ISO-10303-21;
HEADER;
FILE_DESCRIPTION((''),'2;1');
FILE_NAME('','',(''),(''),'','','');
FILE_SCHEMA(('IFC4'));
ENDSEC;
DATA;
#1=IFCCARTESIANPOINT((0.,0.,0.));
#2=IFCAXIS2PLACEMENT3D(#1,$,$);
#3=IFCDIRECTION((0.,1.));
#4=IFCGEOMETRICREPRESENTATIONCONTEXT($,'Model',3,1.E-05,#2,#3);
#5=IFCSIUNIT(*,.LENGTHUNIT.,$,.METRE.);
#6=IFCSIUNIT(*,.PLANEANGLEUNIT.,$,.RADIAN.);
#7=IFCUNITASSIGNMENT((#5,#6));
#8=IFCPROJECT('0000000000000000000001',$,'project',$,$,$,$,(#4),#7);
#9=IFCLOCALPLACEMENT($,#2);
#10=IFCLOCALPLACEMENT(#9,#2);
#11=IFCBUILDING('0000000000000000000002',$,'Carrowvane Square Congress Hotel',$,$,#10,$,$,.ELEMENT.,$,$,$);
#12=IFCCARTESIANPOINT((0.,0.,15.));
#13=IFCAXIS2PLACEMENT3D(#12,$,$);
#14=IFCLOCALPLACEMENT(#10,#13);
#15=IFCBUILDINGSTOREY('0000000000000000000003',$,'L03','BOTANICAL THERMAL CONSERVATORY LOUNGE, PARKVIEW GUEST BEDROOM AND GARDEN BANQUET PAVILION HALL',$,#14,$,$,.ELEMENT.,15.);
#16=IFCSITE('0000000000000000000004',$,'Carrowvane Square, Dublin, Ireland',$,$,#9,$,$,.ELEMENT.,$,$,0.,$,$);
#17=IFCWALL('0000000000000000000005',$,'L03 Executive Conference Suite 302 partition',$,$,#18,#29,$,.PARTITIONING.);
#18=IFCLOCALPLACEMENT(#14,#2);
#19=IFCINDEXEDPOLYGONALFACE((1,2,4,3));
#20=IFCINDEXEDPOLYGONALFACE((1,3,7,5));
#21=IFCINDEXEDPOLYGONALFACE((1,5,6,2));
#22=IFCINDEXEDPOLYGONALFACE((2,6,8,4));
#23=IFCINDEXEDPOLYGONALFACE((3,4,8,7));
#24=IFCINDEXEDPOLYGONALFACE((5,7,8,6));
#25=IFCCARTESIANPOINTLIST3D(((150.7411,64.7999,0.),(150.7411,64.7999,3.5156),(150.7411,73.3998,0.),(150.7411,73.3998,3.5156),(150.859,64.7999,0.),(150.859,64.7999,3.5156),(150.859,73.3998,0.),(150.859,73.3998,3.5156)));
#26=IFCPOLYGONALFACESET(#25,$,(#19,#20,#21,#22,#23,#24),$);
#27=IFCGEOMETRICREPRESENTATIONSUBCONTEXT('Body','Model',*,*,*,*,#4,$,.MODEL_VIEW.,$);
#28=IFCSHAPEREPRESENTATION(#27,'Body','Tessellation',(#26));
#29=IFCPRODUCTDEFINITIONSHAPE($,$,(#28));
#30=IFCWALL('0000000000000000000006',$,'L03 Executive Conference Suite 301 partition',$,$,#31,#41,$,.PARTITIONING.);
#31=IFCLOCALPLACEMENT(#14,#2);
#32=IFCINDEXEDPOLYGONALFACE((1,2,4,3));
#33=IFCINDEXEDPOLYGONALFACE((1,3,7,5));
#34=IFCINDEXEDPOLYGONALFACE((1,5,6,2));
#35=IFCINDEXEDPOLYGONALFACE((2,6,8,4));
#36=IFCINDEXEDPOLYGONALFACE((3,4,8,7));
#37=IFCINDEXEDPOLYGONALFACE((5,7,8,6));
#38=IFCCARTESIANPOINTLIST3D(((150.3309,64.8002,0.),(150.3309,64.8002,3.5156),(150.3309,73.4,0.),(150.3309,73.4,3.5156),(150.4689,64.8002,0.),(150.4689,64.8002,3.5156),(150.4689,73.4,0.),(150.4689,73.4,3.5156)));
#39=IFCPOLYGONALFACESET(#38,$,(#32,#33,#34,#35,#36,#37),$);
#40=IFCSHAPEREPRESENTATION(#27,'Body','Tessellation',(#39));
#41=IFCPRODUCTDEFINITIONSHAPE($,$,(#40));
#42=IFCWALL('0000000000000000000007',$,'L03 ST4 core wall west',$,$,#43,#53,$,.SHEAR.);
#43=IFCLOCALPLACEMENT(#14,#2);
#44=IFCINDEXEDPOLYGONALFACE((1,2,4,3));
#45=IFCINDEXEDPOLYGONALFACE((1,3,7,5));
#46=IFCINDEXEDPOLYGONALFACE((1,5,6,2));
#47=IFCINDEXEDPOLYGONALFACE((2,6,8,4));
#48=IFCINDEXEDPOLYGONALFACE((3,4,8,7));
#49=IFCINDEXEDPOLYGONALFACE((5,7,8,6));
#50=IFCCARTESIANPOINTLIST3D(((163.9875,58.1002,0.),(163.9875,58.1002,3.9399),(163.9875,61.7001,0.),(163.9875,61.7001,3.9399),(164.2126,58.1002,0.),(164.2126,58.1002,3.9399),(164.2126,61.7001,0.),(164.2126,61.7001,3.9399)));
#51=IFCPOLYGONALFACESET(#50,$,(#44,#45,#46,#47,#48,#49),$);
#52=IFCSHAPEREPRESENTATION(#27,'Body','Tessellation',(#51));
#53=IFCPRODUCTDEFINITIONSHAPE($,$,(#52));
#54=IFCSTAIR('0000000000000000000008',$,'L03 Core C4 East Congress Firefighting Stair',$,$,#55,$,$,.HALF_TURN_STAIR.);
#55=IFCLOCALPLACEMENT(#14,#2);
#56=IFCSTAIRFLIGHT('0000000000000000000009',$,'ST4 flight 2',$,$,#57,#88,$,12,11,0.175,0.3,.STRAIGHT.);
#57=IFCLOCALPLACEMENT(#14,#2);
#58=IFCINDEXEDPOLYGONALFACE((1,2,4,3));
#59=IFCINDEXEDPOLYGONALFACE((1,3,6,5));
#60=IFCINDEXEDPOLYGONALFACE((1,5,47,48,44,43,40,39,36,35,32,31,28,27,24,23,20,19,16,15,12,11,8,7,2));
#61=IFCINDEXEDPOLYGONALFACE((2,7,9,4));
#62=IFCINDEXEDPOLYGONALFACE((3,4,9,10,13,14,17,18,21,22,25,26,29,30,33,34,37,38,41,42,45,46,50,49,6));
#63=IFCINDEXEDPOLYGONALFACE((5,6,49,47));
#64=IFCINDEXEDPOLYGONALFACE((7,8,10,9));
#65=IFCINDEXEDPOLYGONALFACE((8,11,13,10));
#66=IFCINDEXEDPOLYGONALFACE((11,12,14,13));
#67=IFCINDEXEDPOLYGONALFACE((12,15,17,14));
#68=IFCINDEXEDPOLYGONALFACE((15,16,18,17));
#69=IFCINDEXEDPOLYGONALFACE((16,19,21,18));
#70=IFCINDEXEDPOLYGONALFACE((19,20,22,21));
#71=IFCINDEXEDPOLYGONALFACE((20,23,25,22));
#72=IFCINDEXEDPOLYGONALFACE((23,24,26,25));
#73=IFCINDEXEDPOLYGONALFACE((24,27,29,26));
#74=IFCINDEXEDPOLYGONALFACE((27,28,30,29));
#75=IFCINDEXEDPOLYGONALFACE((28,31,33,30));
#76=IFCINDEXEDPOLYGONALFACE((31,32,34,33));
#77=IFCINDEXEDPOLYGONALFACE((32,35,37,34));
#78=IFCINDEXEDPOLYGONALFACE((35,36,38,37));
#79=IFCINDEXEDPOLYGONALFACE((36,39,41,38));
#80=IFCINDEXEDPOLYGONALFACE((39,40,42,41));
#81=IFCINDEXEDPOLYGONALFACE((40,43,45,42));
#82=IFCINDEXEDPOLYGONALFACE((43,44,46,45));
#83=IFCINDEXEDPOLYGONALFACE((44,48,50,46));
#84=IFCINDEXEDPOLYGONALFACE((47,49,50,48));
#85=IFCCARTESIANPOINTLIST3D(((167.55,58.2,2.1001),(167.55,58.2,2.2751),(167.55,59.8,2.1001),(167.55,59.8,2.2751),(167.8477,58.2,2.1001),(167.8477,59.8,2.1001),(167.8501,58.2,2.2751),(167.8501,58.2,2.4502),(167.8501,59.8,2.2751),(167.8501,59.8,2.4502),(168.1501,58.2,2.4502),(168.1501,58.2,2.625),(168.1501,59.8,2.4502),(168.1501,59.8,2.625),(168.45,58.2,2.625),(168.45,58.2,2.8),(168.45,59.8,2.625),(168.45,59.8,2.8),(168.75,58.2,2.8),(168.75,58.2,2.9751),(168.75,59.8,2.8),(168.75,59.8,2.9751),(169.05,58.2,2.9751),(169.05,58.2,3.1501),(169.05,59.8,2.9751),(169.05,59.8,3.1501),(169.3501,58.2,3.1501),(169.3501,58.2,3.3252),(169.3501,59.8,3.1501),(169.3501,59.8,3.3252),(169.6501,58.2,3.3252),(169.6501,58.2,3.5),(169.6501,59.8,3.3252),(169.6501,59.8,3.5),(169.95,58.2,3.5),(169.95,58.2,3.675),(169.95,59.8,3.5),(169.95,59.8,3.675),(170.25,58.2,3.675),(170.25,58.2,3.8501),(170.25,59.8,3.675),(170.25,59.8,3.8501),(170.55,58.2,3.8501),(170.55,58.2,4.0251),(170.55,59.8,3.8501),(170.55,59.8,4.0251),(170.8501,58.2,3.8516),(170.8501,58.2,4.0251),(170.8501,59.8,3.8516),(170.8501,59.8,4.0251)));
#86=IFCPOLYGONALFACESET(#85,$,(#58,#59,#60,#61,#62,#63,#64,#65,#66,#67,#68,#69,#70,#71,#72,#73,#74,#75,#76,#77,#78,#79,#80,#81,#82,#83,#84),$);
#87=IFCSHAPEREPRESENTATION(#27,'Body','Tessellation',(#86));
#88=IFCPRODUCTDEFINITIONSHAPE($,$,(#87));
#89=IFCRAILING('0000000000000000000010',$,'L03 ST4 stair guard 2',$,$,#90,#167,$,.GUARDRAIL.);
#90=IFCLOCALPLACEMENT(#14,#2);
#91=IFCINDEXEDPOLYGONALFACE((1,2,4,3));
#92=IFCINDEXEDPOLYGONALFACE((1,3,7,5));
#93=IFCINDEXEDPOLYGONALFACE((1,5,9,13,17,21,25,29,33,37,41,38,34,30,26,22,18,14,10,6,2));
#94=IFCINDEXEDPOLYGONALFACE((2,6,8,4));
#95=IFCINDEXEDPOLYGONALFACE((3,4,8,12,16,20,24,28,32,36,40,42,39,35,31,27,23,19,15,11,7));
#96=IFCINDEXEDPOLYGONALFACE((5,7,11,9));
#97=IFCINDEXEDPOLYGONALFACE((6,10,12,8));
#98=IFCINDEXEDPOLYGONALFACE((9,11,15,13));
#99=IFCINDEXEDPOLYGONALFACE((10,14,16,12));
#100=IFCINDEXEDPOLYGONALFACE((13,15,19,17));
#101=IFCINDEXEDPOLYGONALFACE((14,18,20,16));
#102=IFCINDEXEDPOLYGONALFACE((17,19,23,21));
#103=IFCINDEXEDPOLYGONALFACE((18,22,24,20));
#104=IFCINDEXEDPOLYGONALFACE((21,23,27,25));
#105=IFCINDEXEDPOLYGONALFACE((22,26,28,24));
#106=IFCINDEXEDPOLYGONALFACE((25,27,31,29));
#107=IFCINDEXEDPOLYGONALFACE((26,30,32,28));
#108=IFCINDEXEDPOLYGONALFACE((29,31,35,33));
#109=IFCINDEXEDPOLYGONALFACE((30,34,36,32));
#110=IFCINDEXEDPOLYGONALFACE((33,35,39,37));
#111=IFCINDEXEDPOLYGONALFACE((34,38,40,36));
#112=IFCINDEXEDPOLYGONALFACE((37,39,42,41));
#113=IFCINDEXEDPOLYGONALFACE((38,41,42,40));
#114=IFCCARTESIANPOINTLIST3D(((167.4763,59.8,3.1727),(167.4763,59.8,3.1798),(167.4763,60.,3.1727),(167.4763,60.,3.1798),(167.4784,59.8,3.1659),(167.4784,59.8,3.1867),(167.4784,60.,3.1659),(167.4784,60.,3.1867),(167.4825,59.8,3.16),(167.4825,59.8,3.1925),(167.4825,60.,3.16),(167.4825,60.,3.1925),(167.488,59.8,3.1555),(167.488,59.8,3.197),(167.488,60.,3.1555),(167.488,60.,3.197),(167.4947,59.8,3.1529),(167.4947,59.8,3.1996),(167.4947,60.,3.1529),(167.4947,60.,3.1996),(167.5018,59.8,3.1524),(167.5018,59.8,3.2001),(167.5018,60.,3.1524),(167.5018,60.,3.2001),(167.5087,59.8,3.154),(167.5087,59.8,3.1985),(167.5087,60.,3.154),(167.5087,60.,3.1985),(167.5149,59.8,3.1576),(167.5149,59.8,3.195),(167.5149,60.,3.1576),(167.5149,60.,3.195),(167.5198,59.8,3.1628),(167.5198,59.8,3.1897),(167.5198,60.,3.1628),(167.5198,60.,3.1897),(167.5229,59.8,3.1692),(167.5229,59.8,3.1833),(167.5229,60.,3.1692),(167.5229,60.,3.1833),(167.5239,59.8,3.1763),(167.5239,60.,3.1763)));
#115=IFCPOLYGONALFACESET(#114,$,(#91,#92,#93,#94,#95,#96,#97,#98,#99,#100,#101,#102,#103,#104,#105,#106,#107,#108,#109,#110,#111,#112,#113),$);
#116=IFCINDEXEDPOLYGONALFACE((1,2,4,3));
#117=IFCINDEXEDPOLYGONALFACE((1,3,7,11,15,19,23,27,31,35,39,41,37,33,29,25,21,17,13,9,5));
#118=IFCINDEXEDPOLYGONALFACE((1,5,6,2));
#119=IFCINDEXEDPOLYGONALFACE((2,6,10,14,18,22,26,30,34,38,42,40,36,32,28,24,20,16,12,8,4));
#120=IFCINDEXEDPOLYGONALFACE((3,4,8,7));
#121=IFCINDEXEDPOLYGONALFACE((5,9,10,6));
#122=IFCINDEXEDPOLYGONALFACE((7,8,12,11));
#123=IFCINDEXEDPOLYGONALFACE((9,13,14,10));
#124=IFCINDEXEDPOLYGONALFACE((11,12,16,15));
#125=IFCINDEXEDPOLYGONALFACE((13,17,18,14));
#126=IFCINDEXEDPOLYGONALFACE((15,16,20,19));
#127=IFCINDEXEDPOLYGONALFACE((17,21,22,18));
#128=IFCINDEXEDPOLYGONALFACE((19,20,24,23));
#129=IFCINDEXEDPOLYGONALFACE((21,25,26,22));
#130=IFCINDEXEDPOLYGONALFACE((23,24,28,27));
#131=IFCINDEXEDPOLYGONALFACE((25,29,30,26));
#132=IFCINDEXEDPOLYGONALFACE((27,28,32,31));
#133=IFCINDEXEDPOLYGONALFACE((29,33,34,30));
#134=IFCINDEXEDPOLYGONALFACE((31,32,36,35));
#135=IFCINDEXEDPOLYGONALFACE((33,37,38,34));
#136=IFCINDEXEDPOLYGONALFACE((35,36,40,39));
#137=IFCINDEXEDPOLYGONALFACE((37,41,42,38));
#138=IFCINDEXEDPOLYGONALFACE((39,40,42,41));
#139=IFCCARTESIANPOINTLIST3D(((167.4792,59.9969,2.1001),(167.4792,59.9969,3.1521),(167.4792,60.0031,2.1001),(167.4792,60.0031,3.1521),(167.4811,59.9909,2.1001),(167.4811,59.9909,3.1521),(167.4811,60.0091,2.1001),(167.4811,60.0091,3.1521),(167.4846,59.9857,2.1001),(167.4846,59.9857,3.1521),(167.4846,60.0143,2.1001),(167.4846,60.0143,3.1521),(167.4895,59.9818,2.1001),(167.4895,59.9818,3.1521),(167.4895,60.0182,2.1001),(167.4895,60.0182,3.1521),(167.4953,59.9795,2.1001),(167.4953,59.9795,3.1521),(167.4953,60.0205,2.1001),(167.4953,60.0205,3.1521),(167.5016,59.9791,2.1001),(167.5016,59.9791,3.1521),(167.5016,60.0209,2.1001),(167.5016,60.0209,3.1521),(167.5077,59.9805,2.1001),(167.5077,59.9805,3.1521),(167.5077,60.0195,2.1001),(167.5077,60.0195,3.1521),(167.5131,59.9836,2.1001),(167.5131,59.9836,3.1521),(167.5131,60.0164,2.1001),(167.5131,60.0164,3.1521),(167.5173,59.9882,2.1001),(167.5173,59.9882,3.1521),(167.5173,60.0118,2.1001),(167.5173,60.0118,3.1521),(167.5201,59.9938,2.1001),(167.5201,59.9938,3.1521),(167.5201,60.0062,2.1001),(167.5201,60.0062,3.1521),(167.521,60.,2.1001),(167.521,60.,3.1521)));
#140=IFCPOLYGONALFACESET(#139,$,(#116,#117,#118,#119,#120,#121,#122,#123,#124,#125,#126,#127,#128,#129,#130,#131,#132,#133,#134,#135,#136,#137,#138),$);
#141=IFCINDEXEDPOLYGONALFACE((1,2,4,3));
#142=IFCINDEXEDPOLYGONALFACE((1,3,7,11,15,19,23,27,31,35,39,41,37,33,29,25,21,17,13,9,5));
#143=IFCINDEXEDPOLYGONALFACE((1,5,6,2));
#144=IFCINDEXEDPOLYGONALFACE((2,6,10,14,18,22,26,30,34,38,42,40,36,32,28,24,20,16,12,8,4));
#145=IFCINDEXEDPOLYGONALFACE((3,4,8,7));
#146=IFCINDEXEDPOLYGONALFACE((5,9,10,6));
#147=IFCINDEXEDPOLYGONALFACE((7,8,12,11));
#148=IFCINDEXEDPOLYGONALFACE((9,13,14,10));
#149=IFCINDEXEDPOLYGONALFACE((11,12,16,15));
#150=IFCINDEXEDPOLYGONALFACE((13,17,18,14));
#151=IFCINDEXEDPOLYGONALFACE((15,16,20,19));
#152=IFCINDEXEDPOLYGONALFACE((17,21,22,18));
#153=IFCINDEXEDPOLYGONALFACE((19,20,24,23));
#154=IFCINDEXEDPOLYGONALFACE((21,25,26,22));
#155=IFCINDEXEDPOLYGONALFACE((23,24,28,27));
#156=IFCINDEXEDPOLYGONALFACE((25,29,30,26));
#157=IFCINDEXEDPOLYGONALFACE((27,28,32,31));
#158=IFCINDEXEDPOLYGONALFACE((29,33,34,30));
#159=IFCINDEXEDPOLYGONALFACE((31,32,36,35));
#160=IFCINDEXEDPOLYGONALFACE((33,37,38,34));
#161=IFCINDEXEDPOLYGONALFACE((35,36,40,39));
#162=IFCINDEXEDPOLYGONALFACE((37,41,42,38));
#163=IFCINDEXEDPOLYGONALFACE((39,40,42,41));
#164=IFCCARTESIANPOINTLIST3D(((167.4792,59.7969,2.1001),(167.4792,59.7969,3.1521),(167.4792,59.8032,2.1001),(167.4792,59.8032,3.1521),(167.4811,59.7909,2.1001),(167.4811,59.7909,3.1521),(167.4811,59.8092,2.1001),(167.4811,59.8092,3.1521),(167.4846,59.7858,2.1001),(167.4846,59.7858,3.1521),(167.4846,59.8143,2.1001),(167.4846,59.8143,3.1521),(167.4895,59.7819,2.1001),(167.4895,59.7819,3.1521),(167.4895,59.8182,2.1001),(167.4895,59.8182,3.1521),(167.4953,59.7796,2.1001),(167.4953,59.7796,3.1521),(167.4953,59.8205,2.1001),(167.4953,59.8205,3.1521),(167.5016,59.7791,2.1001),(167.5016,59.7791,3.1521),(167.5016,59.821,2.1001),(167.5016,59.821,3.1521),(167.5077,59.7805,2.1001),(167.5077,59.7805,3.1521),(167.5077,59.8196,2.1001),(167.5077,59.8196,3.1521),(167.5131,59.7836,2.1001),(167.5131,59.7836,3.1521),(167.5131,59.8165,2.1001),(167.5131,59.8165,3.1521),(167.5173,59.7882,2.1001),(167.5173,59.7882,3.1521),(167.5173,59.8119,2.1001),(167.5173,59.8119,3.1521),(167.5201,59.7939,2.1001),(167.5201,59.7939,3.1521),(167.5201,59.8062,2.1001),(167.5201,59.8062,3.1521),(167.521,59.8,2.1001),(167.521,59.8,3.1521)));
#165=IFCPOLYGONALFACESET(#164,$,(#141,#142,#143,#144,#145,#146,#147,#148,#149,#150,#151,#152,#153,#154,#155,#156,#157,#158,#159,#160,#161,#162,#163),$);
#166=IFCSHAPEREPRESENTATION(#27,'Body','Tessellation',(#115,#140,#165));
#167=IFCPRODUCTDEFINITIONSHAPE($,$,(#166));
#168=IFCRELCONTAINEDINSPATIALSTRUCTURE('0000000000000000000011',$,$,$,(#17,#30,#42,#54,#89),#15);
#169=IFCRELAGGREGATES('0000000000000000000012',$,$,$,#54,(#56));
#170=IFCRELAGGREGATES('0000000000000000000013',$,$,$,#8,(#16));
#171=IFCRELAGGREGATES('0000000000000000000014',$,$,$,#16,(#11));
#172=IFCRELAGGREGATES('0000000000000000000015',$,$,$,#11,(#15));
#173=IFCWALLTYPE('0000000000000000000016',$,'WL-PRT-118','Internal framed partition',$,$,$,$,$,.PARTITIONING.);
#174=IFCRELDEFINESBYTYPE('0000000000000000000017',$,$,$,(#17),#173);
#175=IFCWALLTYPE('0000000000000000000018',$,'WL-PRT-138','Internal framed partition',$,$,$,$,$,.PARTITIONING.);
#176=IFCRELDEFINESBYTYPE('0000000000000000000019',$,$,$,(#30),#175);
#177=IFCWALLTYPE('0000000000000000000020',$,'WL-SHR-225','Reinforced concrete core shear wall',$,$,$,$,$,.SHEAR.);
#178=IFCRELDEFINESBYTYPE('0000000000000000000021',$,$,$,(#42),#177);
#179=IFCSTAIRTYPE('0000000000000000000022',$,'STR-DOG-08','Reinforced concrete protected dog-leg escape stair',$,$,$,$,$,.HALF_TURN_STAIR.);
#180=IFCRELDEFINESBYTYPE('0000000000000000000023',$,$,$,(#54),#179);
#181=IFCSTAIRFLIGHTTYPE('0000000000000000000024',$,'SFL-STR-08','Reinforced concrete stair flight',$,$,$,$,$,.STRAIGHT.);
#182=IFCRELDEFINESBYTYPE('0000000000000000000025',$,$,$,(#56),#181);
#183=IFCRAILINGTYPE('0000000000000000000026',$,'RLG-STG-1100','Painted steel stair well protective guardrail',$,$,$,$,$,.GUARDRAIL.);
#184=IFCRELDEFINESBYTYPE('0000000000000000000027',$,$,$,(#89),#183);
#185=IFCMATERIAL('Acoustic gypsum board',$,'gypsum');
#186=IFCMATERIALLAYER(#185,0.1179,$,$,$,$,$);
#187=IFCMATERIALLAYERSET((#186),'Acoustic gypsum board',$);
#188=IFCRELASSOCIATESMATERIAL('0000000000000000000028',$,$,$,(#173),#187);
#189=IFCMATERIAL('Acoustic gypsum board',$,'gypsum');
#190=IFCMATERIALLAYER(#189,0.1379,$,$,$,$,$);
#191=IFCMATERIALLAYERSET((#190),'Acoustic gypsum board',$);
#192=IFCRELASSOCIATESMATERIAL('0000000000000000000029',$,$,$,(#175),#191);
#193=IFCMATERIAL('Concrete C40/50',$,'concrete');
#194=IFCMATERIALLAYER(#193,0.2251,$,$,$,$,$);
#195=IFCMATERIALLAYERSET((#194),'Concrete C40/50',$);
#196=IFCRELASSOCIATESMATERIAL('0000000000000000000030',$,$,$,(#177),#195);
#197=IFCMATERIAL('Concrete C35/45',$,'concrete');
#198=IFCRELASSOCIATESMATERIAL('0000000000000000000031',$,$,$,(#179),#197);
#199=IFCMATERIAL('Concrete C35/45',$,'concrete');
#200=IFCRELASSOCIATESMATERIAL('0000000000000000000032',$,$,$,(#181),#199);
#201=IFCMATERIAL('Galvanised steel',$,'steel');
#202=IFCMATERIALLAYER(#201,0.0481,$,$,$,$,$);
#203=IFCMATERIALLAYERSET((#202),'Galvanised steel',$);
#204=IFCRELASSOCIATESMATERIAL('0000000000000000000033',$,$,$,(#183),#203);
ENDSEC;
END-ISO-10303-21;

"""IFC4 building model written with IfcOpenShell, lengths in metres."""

from ifc_helpers import new_model, si_unit, direction, frame, frame_2d, origin, origin_2d, place, context, subcontext, project, spatial, polyline, rectangle, circle, outline, extrude, material, layer, layer_set, type_object, element, aggregate, save


model = new_model("IFC4")

# Units and contexts
model_context = context("Model", 3, precision=1e-05, world=origin(), true_north=direction((0.0, 1.0)))
body_context = subcontext(model_context, "Body", "Model", "MODEL_VIEW")
ifc_project = project(units=[si_unit("LENGTHUNIT", "METRE"), si_unit("PLANEANGLEUNIT", "RADIAN")], contexts=[model_context])

# Site, building, storey
site_placement = place(None, origin())
site = spatial("IfcSite", under=ifc_project, at=site_placement, Name="Carrowvane Square, Dublin, Ireland", CompositionType="ELEMENT", RefElevation=0.0)
building_placement = place(site_placement, origin())
building = spatial("IfcBuilding", under=site, at=building_placement, Name="Carrowvane Square Congress Hotel", CompositionType="ELEMENT")
storey_placement = place(building_placement, frame((0.0, 0.0, 15.0)))
storey = spatial("IfcBuildingStorey", under=building, at=storey_placement, Name="L03", Description="BOTANICAL THERMAL CONSERVATORY LOUNGE, PARKVIEW GUEST BEDROOM AND GARDEN BANQUET PAVILION HALL", CompositionType="ELEMENT", Elevation=15.0)

# Walls
ifc_material_1 = material(Name="Acoustic gypsum board", Category="gypsum")
ifc_layer_1 = layer(ifc_material_1, 0.1179)
ifc_layer_set_1 = layer_set([ifc_layer_1], Name="Acoustic gypsum board")
wall_type_1 = type_object("IfcWallType", Name="WL-PRT-118", Description="Internal framed partition", PredefinedType="PARTITIONING", material=ifc_layer_set_1)
wall_1_placement = place(storey_placement, frame((150.8, 64.8, 0.0), z_axis=(0.0, 0.0, 1.0), x_axis=(0.0, 1.0, 0.0)))
element("IfcWall", 1, at=wall_1_placement, inside=storey, type_object=wall_type_1, Name="L03 Executive Conference Suite 302 partition", PredefinedType="PARTITIONING", context=body_context, shape_type="SweptSolid", body=[
    extrude(rectangle(XDim=8.5999, YDim=0.1179, at=frame_2d((4.2998, 0.0))), origin(), (0.0, 0.0, 1.0), 3.5156),
])
ifc_material_2 = material(Name="Acoustic gypsum board", Category="gypsum")
ifc_layer_2 = layer(ifc_material_2, 0.1379)
ifc_layer_set_2 = layer_set([ifc_layer_2], Name="Acoustic gypsum board")
wall_type_2 = type_object("IfcWallType", Name="WL-PRT-138", Description="Internal framed partition", PredefinedType="PARTITIONING", material=ifc_layer_set_2)
wall_2_placement = place(storey_placement, frame((150.3999, 73.3999, 0.0), z_axis=(0.0, 0.0, 1.0), x_axis=(0.0, -1.0, 0.0)))
element("IfcWall", 2, at=wall_2_placement, inside=storey, type_object=wall_type_2, Name="L03 Executive Conference Suite 301 partition", PredefinedType="PARTITIONING", context=body_context, shape_type="SweptSolid", body=[
    extrude(rectangle(XDim=8.5999, YDim=0.1379, at=frame_2d((4.2998, 0.0))), origin(), (0.0, 0.0, 1.0), 3.5156),
])
ifc_material_3 = material(Name="Concrete C40/50", Category="concrete")
ifc_layer_3 = layer(ifc_material_3, 0.2251)
ifc_layer_set_3 = layer_set([ifc_layer_3], Name="Concrete C40/50")
wall_type_3 = type_object("IfcWallType", Name="WL-SHR-225", Description="Reinforced concrete core shear wall", PredefinedType="SHEAR", material=ifc_layer_set_3)
wall_3_placement = place(storey_placement, frame((164.1001, 61.7, 0.0), z_axis=(0.0, 0.0, 1.0), x_axis=(0.0, -1.0, 0.0)))
element("IfcWall", 3, at=wall_3_placement, inside=storey, type_object=wall_type_3, Name="L03 ST4 core wall west", PredefinedType="SHEAR", context=body_context, shape_type="SweptSolid", body=[
    extrude(rectangle(XDim=3.5999, YDim=0.2251, at=frame_2d((1.7998, 0.0))), origin(), (0.0, 0.0, 1.0), 3.9399),
])

# Stair, stair flight
ifc_material_4 = material(Name="Concrete C35/45", Category="concrete")
stair_type = type_object("IfcStairType", Name="STR-DOG-08", Description="Reinforced concrete protected dog-leg escape stair", PredefinedType="HALF_TURN_STAIR", material=ifc_material_4)
stair_placement = place(storey_placement, origin())
stair = element("IfcStair", 4, at=stair_placement, inside=storey, type_object=stair_type, Name="L03 Core C4 East Congress Firefighting Stair", PredefinedType="HALF_TURN_STAIR")
ifc_material_5 = material(Name="Concrete C35/45", Category="concrete")
stair_flight_type = type_object("IfcStairFlightType", Name="SFL-STR-08", Description="Reinforced concrete stair flight", PredefinedType="STRAIGHT", material=ifc_material_5)
stair_flight_placement = place(storey_placement, frame((167.55, 59.0, 2.1001), z_axis=(0.0, 0.0, 1.0), x_axis=(1.0, 0.0, 0.0)))
stair_flight = element("IfcStairFlight", 5, at=stair_flight_placement, type_object=stair_flight_type, Name="ST4 flight 2", NumberOfRisers=12, NumberOfTreads=11, PredefinedType="STRAIGHT", RiserHeight=0.175, TreadLength=0.3, context=body_context, shape_type="SweptSolid", body=[
    extrude(outline(polyline([(0.0, 0.0), (0.0, 0.175), (0.3, 0.175), (0.3, 0.3501), (0.6001, 0.3501), (0.6001, 0.5249), (0.8999, 0.5249), (0.8999, 0.7), (1.2, 0.7), (1.2, 0.875), (1.5, 0.875), (1.5, 1.05), (1.8, 1.05), (1.8, 1.2251), (2.1001, 1.2251), (2.1001, 1.3999), (2.3999, 1.3999), (2.3999, 1.575), (2.7, 1.575), (2.7, 1.75), (3.0, 1.75), (3.0, 1.925), (3.3, 1.925), (3.3, 2.1001), (3.3, 1.7515), (0.2976, 0.0), (0.0, 0.0)])), frame((0.0, 0.8, 0.0), z_axis=(0.0, -1.0, 0.0), x_axis=(1.0, 0.0, 0.0)), (0.0, 0.0, 1.0), 1.6001),
])
aggregate(stair, [stair_flight])

# Railing
ifc_material_6 = material(Name="Galvanised steel", Category="steel")
ifc_layer_4 = layer(ifc_material_6, 0.0481)
ifc_layer_set_4 = layer_set([ifc_layer_4], Name="Galvanised steel")
railing_type = type_object("IfcRailingType", Name="RLG-STG-1100", Description="Painted steel stair well protective guardrail", PredefinedType="GUARDRAIL", material=ifc_layer_set_4)
railing_1_placement = place(storey_placement, frame((167.5, 60.0, 2.1001)))
element("IfcRailing", 6, at=railing_1_placement, inside=storey, type_object=railing_type, Name="L03 ST4 stair guard 2", PredefinedType="GUARDRAIL", context=body_context, shape_type="SweptSolid", body=[
    extrude(circle(Radius=0.0239, at=origin_2d()), frame((0.0, 0.0, 1.0762), z_axis=(0.0, -1.0, 0.0), x_axis=(1.0, 0.0, 0.0)), (0.0, 0.0, 1.0), 0.2),
    extrude(circle(Radius=0.021, at=origin_2d()), origin(), (0.0, 0.0, 1.0), 1.052),
    extrude(circle(Radius=0.021, at=origin_2d()), frame((0.0, -0.2, 0.0)), (0.0, 0.0, 1.0), 1.052),
])

save(model, "model.ifc")
